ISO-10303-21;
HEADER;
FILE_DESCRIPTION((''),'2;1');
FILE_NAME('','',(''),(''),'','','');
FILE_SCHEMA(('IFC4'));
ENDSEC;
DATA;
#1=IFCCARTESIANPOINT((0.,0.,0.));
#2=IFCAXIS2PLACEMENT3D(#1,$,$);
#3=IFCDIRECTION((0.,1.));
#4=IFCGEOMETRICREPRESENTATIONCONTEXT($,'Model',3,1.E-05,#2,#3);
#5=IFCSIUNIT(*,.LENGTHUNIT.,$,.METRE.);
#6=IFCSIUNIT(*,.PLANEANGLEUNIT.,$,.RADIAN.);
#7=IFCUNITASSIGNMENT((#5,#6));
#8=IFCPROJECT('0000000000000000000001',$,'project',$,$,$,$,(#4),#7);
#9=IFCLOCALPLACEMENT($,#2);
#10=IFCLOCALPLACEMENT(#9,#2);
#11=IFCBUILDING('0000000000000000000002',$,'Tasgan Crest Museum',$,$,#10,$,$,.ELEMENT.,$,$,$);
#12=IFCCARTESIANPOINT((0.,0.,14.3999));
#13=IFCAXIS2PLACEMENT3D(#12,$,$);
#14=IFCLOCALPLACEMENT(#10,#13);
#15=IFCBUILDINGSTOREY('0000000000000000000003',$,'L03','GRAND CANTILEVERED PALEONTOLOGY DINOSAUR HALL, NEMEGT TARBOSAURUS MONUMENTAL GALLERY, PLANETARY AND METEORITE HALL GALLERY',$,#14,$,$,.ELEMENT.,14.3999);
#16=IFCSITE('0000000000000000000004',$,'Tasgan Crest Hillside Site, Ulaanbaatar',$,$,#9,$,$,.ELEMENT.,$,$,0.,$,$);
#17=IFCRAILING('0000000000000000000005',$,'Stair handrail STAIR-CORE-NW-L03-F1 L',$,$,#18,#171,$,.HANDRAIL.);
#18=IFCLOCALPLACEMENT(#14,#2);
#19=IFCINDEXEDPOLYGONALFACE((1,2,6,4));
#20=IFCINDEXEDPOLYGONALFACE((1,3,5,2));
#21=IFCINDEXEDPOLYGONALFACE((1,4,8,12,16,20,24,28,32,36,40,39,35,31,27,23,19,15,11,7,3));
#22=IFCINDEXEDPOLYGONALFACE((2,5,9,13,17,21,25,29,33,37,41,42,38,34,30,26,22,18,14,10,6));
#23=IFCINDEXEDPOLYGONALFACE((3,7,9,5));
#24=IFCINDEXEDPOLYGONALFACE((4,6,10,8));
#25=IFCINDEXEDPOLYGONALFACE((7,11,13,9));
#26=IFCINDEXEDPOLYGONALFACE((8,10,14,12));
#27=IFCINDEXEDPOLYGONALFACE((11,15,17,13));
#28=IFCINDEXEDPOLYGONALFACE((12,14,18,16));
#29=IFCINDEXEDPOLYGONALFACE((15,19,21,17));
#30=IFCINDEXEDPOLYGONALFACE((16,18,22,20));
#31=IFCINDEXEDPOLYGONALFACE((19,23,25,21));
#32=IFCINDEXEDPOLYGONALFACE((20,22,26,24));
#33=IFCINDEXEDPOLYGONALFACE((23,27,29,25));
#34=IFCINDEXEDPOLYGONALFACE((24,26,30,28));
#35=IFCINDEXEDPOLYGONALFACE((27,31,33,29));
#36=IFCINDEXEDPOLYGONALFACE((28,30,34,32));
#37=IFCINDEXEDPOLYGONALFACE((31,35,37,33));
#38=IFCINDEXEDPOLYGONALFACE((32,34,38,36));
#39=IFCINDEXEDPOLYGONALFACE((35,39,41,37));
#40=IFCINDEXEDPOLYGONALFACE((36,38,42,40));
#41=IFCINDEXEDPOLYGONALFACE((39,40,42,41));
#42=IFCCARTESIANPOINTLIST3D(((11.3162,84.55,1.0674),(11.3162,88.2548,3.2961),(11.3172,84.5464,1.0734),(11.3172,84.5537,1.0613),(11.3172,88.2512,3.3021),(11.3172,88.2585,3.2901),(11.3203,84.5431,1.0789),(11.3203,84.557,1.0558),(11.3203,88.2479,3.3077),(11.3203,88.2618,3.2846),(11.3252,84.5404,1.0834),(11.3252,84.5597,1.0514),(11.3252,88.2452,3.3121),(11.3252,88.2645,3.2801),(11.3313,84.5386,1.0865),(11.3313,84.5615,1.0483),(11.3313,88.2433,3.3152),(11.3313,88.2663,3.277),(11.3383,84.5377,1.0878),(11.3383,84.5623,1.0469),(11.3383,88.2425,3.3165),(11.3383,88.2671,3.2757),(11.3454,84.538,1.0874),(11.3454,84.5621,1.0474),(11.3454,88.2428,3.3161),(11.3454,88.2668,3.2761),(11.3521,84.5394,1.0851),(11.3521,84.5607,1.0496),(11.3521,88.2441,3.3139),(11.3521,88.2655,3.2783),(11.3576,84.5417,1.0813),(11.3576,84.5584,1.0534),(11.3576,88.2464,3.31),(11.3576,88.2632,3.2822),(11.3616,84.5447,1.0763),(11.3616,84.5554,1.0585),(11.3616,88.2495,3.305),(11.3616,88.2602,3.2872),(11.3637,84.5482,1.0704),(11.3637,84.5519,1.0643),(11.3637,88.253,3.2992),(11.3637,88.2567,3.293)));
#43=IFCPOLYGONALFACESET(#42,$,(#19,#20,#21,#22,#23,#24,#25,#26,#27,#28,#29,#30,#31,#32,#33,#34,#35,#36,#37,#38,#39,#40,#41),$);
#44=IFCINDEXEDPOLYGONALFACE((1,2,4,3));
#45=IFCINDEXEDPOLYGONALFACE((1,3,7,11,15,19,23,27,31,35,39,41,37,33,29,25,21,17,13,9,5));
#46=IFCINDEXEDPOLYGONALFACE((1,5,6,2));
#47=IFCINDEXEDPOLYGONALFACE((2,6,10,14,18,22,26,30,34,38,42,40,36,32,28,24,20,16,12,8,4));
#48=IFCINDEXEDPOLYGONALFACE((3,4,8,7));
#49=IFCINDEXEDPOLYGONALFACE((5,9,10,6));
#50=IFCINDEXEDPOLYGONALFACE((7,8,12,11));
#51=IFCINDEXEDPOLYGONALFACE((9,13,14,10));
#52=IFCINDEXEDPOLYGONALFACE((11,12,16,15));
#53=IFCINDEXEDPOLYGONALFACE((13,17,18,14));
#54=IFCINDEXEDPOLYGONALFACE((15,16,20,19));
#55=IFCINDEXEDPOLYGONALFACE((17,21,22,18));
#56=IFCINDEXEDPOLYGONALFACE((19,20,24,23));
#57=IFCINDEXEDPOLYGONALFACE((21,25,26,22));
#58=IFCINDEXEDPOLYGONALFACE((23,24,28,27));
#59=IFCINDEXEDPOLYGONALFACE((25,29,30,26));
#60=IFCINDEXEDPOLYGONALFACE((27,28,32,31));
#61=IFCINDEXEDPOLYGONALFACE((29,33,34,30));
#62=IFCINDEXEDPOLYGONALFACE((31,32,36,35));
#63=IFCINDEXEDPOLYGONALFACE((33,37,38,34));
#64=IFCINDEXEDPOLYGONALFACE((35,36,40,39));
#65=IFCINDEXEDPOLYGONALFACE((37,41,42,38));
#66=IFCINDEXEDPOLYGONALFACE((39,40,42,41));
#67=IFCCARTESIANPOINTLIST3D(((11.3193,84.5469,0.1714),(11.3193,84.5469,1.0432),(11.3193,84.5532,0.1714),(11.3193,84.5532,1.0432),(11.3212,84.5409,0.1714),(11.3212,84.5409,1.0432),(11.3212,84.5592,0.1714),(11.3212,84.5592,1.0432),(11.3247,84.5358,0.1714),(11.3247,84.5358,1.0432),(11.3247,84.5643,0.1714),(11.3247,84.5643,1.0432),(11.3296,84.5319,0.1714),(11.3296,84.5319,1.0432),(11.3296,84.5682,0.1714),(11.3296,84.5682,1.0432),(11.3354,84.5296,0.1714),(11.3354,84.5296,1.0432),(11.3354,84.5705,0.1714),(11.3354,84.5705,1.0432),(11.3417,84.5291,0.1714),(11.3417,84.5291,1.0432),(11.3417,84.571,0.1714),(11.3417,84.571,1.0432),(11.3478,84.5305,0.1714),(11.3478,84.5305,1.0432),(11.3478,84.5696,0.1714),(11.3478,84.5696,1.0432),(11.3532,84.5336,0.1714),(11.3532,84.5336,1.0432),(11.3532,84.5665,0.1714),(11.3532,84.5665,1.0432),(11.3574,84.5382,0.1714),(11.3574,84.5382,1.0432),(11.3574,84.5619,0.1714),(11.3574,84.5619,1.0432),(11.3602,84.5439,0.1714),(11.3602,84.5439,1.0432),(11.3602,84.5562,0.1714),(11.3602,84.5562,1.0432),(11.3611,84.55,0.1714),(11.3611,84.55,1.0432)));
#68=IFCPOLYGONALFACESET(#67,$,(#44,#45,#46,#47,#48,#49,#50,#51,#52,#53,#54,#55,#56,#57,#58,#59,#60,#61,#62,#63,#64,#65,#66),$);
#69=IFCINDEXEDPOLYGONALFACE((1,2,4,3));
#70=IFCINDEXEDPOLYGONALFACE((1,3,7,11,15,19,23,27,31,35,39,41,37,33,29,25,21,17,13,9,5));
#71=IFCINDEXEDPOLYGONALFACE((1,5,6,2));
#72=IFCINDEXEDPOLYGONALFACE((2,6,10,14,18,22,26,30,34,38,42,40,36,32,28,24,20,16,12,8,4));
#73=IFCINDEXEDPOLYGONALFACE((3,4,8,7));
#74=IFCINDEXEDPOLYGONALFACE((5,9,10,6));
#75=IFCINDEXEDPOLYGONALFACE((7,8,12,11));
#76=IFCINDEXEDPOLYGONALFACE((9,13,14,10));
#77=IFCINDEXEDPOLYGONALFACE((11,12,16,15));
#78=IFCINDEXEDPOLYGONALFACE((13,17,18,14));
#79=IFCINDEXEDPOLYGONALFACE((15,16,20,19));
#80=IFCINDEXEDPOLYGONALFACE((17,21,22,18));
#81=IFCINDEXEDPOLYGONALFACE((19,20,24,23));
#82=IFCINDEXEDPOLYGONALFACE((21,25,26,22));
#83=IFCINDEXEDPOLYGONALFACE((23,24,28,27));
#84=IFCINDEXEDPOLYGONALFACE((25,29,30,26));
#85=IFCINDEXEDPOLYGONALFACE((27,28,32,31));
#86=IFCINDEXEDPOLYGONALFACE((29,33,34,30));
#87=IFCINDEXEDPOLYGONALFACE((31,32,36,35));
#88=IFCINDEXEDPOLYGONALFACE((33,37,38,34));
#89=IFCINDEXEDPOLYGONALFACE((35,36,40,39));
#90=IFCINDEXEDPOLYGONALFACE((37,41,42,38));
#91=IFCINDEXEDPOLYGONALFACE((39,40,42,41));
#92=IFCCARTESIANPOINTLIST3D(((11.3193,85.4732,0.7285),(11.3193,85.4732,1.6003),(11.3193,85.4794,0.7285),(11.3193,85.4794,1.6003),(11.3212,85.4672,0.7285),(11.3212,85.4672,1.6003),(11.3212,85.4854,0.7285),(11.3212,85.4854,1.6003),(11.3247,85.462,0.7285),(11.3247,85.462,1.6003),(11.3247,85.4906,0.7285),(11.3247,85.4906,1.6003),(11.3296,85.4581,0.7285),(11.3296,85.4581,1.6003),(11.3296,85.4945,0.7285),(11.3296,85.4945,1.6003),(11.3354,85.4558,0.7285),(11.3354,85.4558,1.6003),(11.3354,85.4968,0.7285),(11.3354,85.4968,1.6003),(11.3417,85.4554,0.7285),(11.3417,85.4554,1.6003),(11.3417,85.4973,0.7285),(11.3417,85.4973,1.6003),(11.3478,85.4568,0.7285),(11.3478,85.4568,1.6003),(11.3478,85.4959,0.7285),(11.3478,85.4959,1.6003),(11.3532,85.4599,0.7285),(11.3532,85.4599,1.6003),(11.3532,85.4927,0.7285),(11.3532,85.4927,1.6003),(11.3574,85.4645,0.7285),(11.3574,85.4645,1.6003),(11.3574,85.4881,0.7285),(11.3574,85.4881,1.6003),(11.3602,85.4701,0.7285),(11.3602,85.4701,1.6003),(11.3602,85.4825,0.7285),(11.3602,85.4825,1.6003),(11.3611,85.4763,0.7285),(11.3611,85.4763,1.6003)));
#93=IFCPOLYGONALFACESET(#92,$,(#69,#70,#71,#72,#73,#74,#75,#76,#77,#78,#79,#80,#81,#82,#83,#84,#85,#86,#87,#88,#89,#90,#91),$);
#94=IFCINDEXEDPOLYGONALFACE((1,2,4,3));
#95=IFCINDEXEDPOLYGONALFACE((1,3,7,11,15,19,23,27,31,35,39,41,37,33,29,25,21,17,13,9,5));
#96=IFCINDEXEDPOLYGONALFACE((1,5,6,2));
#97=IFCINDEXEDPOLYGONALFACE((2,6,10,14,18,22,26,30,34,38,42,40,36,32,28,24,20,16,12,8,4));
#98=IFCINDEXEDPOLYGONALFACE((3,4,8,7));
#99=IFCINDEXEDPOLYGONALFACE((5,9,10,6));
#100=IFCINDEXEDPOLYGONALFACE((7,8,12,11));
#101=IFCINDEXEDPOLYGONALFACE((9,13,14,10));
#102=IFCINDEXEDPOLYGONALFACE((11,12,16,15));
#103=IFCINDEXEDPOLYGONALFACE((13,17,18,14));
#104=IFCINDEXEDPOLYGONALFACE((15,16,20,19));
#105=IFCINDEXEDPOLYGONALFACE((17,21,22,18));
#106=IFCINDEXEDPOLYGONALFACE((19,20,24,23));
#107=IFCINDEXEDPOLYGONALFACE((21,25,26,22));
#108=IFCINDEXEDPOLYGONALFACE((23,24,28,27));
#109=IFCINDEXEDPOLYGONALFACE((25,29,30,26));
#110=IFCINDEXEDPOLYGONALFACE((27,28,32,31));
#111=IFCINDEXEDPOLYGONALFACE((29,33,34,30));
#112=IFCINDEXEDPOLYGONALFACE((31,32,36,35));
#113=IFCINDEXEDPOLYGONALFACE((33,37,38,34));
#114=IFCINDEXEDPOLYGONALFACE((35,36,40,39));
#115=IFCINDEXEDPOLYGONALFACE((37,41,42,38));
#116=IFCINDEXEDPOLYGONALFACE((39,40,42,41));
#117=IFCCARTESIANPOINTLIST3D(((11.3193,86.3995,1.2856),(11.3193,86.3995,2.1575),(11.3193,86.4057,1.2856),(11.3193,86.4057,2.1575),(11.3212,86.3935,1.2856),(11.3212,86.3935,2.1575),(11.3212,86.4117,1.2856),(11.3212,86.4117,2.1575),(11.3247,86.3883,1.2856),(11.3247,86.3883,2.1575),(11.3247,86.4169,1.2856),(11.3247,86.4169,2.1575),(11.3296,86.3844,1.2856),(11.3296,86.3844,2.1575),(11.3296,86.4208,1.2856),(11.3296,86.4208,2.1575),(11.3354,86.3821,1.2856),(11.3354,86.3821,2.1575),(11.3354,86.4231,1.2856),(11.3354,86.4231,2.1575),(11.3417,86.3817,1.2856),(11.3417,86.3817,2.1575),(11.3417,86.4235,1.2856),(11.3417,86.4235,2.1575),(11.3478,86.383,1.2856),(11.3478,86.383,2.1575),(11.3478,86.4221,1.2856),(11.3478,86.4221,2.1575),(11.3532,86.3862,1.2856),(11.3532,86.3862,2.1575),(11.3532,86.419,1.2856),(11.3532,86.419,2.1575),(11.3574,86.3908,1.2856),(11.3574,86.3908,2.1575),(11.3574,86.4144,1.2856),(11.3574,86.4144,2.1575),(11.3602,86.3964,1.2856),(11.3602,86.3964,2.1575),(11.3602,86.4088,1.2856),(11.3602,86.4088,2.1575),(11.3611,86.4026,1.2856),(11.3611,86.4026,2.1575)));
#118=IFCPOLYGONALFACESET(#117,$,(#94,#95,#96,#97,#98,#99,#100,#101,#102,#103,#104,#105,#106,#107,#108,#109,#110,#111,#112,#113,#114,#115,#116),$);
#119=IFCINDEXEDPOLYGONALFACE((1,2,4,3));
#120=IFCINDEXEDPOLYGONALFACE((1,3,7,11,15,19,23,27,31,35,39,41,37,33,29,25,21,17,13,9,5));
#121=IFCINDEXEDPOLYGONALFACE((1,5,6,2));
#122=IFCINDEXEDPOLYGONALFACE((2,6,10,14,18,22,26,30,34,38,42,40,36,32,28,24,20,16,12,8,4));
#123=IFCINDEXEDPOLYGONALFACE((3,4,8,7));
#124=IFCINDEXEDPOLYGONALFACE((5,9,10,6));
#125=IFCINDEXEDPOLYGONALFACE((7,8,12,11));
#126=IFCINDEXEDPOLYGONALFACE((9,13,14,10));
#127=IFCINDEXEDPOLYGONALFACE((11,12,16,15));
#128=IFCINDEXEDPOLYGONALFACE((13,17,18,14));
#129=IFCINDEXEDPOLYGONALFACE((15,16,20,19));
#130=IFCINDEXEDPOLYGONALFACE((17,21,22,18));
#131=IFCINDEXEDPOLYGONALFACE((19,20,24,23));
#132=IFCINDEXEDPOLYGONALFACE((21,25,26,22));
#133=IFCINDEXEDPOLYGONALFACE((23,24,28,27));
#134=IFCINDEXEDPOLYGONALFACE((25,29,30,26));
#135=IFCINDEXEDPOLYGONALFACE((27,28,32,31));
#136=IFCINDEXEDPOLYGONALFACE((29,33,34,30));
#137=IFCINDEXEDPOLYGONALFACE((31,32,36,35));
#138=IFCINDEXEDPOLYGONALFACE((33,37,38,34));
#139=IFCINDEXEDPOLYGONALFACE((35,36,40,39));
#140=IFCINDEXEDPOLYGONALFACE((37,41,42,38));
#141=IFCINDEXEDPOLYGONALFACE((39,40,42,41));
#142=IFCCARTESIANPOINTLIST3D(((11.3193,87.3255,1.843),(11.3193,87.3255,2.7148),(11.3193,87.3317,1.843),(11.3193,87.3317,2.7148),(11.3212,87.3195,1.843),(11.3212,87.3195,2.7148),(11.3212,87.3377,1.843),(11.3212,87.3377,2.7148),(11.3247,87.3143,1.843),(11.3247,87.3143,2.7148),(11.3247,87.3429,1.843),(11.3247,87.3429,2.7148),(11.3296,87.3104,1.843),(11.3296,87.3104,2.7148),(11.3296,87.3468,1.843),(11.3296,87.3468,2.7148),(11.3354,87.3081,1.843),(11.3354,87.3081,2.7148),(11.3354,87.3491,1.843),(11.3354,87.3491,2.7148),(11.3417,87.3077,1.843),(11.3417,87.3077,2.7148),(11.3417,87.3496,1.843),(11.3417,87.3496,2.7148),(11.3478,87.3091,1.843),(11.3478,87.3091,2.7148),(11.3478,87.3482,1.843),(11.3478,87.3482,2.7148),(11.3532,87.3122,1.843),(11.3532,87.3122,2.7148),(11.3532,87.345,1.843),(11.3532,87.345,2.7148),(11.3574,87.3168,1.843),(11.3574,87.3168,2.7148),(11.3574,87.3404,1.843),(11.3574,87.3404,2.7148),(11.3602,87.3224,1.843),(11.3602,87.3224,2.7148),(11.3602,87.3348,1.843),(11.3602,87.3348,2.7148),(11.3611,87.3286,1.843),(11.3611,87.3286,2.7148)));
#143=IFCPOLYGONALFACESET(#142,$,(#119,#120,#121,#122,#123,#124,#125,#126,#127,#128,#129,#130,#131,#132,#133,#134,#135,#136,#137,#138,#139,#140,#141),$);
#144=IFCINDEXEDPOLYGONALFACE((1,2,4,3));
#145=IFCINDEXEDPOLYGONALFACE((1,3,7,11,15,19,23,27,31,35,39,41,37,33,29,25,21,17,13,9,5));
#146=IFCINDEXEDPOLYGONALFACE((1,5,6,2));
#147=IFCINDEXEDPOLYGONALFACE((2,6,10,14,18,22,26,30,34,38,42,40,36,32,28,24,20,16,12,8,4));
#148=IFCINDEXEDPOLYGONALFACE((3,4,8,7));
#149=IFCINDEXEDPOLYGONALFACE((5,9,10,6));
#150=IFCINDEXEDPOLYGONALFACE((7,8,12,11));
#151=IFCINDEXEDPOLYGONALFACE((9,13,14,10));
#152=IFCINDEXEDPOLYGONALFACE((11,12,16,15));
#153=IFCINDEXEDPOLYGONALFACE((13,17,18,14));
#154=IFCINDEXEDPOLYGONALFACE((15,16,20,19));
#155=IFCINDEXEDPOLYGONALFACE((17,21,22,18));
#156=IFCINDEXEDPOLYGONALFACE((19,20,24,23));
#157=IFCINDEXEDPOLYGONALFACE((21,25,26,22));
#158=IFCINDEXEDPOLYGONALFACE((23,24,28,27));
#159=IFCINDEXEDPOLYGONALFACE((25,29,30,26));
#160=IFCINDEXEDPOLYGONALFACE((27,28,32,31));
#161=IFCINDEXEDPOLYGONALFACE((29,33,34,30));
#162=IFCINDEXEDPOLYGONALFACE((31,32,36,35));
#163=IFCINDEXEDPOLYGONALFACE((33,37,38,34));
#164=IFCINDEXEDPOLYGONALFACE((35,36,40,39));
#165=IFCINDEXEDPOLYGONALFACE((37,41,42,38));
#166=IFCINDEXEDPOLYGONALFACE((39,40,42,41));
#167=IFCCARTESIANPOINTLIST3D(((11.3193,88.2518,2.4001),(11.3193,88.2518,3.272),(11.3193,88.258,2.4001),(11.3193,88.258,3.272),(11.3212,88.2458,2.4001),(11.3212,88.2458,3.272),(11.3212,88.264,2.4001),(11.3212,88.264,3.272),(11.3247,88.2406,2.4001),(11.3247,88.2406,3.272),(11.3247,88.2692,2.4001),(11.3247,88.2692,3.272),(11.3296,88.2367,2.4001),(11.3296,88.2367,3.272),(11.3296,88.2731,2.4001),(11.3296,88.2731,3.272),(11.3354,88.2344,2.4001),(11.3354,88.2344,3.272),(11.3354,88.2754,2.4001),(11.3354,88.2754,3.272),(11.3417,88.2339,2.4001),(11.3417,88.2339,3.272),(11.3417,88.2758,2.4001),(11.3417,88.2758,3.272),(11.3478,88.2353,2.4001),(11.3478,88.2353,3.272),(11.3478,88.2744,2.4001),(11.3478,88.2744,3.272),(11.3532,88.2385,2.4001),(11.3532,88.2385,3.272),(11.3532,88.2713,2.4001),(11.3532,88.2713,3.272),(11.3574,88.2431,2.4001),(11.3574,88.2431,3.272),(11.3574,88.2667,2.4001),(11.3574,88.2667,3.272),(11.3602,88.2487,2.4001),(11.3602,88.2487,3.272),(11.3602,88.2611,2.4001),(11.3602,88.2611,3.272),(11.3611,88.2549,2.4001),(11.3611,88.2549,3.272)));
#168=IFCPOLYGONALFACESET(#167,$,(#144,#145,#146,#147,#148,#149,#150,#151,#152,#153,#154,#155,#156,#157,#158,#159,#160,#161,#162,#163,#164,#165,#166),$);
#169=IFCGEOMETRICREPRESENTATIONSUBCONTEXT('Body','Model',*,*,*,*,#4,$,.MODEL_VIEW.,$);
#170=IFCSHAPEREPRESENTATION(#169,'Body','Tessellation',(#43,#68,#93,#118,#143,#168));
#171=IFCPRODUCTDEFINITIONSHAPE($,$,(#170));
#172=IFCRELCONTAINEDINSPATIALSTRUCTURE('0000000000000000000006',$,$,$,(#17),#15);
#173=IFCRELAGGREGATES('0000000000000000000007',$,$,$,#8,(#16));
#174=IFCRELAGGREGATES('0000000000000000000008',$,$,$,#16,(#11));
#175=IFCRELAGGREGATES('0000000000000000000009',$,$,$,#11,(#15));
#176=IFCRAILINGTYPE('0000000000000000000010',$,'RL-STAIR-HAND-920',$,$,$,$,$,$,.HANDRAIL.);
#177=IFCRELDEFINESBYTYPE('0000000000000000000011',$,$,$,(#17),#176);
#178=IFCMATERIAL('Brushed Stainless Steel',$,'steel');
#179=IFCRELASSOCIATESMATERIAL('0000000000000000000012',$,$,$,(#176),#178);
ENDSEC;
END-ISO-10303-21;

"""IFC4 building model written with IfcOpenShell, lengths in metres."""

from ifc_helpers import new_model, si_unit, direction, frame, origin, origin_2d, place, context, subcontext, project, spatial, circle, extrude, material, type_object, element, save


model = new_model("IFC4")

# Units and contexts
model_context = context("Model", 3, precision=1e-05, world=origin(), true_north=direction((0.0, 1.0)))
body_context = subcontext(model_context, "Body", "Model", "MODEL_VIEW")
ifc_project = project(units=[si_unit("LENGTHUNIT", "METRE"), si_unit("PLANEANGLEUNIT", "RADIAN")], contexts=[model_context])

# Site, building, storey
site_placement = place(None, origin())
site = spatial("IfcSite", under=ifc_project, at=site_placement, Name="Tasgan Crest Hillside Site, Ulaanbaatar", CompositionType="ELEMENT", RefElevation=0.0)
building_placement = place(site_placement, origin())
building = spatial("IfcBuilding", under=site, at=building_placement, Name="Tasgan Crest Museum", CompositionType="ELEMENT")
storey_placement = place(building_placement, frame((0.0, 0.0, 14.3999)))
storey = spatial("IfcBuildingStorey", under=building, at=storey_placement, Name="L03", Description="GRAND CANTILEVERED PALEONTOLOGY DINOSAUR HALL, NEMEGT TARBOSAURUS MONUMENTAL GALLERY, PLANETARY AND METEORITE HALL GALLERY", CompositionType="ELEMENT", Elevation=14.3999)

# Railing
ifc_material_1 = material(Name="Brushed Stainless Steel", Category="steel")
railing_type_1 = type_object("IfcRailingType", Name="RL-STAIR-HAND-920", PredefinedType="HANDRAIL", material=ifc_material_1)
for number, where, name in (
    (1, (11.3401, 84.55, 0.1714), "Stair handrail STAIR-CORE-NW-L03-F1 L"),
):
    element("IfcRailing", number, at=place(storey_placement, frame(where)), inside=storey, type_object=railing_type_1, Name=name, PredefinedType="HANDRAIL", context=body_context, shape_type="SweptSolid", body=[
        extrude(circle(Radius=0.0239, at=origin_2d()), frame((0.0, 0.0, 0.896), z_axis=(0.0, 0.856894, 0.515492), x_axis=(-1.0, 0.0, 0.0)), (0.0, 0.0, 1.0), 4.3235),
        extrude(circle(Radius=0.021, at=origin_2d()), origin(), (0.0, 0.0, 1.0), 0.8718),
        extrude(circle(Radius=0.021, at=origin_2d()), frame((0.0, 0.9263, 0.5571)), (0.0, 0.0, 1.0), 0.8718),
        extrude(circle(Radius=0.021, at=origin_2d()), frame((0.0, 1.8525, 1.1143)), (0.0, 0.0, 1.0), 0.8718),
        extrude(circle(Radius=0.021, at=origin_2d()), frame((0.0, 2.7786, 1.6716)), (0.0, 0.0, 1.0), 0.8718),
        extrude(circle(Radius=0.021, at=origin_2d()), frame((0.0, 3.7048, 2.2288)), (0.0, 0.0, 1.0), 0.8718),
    ])

save(model, "model.ifc")
